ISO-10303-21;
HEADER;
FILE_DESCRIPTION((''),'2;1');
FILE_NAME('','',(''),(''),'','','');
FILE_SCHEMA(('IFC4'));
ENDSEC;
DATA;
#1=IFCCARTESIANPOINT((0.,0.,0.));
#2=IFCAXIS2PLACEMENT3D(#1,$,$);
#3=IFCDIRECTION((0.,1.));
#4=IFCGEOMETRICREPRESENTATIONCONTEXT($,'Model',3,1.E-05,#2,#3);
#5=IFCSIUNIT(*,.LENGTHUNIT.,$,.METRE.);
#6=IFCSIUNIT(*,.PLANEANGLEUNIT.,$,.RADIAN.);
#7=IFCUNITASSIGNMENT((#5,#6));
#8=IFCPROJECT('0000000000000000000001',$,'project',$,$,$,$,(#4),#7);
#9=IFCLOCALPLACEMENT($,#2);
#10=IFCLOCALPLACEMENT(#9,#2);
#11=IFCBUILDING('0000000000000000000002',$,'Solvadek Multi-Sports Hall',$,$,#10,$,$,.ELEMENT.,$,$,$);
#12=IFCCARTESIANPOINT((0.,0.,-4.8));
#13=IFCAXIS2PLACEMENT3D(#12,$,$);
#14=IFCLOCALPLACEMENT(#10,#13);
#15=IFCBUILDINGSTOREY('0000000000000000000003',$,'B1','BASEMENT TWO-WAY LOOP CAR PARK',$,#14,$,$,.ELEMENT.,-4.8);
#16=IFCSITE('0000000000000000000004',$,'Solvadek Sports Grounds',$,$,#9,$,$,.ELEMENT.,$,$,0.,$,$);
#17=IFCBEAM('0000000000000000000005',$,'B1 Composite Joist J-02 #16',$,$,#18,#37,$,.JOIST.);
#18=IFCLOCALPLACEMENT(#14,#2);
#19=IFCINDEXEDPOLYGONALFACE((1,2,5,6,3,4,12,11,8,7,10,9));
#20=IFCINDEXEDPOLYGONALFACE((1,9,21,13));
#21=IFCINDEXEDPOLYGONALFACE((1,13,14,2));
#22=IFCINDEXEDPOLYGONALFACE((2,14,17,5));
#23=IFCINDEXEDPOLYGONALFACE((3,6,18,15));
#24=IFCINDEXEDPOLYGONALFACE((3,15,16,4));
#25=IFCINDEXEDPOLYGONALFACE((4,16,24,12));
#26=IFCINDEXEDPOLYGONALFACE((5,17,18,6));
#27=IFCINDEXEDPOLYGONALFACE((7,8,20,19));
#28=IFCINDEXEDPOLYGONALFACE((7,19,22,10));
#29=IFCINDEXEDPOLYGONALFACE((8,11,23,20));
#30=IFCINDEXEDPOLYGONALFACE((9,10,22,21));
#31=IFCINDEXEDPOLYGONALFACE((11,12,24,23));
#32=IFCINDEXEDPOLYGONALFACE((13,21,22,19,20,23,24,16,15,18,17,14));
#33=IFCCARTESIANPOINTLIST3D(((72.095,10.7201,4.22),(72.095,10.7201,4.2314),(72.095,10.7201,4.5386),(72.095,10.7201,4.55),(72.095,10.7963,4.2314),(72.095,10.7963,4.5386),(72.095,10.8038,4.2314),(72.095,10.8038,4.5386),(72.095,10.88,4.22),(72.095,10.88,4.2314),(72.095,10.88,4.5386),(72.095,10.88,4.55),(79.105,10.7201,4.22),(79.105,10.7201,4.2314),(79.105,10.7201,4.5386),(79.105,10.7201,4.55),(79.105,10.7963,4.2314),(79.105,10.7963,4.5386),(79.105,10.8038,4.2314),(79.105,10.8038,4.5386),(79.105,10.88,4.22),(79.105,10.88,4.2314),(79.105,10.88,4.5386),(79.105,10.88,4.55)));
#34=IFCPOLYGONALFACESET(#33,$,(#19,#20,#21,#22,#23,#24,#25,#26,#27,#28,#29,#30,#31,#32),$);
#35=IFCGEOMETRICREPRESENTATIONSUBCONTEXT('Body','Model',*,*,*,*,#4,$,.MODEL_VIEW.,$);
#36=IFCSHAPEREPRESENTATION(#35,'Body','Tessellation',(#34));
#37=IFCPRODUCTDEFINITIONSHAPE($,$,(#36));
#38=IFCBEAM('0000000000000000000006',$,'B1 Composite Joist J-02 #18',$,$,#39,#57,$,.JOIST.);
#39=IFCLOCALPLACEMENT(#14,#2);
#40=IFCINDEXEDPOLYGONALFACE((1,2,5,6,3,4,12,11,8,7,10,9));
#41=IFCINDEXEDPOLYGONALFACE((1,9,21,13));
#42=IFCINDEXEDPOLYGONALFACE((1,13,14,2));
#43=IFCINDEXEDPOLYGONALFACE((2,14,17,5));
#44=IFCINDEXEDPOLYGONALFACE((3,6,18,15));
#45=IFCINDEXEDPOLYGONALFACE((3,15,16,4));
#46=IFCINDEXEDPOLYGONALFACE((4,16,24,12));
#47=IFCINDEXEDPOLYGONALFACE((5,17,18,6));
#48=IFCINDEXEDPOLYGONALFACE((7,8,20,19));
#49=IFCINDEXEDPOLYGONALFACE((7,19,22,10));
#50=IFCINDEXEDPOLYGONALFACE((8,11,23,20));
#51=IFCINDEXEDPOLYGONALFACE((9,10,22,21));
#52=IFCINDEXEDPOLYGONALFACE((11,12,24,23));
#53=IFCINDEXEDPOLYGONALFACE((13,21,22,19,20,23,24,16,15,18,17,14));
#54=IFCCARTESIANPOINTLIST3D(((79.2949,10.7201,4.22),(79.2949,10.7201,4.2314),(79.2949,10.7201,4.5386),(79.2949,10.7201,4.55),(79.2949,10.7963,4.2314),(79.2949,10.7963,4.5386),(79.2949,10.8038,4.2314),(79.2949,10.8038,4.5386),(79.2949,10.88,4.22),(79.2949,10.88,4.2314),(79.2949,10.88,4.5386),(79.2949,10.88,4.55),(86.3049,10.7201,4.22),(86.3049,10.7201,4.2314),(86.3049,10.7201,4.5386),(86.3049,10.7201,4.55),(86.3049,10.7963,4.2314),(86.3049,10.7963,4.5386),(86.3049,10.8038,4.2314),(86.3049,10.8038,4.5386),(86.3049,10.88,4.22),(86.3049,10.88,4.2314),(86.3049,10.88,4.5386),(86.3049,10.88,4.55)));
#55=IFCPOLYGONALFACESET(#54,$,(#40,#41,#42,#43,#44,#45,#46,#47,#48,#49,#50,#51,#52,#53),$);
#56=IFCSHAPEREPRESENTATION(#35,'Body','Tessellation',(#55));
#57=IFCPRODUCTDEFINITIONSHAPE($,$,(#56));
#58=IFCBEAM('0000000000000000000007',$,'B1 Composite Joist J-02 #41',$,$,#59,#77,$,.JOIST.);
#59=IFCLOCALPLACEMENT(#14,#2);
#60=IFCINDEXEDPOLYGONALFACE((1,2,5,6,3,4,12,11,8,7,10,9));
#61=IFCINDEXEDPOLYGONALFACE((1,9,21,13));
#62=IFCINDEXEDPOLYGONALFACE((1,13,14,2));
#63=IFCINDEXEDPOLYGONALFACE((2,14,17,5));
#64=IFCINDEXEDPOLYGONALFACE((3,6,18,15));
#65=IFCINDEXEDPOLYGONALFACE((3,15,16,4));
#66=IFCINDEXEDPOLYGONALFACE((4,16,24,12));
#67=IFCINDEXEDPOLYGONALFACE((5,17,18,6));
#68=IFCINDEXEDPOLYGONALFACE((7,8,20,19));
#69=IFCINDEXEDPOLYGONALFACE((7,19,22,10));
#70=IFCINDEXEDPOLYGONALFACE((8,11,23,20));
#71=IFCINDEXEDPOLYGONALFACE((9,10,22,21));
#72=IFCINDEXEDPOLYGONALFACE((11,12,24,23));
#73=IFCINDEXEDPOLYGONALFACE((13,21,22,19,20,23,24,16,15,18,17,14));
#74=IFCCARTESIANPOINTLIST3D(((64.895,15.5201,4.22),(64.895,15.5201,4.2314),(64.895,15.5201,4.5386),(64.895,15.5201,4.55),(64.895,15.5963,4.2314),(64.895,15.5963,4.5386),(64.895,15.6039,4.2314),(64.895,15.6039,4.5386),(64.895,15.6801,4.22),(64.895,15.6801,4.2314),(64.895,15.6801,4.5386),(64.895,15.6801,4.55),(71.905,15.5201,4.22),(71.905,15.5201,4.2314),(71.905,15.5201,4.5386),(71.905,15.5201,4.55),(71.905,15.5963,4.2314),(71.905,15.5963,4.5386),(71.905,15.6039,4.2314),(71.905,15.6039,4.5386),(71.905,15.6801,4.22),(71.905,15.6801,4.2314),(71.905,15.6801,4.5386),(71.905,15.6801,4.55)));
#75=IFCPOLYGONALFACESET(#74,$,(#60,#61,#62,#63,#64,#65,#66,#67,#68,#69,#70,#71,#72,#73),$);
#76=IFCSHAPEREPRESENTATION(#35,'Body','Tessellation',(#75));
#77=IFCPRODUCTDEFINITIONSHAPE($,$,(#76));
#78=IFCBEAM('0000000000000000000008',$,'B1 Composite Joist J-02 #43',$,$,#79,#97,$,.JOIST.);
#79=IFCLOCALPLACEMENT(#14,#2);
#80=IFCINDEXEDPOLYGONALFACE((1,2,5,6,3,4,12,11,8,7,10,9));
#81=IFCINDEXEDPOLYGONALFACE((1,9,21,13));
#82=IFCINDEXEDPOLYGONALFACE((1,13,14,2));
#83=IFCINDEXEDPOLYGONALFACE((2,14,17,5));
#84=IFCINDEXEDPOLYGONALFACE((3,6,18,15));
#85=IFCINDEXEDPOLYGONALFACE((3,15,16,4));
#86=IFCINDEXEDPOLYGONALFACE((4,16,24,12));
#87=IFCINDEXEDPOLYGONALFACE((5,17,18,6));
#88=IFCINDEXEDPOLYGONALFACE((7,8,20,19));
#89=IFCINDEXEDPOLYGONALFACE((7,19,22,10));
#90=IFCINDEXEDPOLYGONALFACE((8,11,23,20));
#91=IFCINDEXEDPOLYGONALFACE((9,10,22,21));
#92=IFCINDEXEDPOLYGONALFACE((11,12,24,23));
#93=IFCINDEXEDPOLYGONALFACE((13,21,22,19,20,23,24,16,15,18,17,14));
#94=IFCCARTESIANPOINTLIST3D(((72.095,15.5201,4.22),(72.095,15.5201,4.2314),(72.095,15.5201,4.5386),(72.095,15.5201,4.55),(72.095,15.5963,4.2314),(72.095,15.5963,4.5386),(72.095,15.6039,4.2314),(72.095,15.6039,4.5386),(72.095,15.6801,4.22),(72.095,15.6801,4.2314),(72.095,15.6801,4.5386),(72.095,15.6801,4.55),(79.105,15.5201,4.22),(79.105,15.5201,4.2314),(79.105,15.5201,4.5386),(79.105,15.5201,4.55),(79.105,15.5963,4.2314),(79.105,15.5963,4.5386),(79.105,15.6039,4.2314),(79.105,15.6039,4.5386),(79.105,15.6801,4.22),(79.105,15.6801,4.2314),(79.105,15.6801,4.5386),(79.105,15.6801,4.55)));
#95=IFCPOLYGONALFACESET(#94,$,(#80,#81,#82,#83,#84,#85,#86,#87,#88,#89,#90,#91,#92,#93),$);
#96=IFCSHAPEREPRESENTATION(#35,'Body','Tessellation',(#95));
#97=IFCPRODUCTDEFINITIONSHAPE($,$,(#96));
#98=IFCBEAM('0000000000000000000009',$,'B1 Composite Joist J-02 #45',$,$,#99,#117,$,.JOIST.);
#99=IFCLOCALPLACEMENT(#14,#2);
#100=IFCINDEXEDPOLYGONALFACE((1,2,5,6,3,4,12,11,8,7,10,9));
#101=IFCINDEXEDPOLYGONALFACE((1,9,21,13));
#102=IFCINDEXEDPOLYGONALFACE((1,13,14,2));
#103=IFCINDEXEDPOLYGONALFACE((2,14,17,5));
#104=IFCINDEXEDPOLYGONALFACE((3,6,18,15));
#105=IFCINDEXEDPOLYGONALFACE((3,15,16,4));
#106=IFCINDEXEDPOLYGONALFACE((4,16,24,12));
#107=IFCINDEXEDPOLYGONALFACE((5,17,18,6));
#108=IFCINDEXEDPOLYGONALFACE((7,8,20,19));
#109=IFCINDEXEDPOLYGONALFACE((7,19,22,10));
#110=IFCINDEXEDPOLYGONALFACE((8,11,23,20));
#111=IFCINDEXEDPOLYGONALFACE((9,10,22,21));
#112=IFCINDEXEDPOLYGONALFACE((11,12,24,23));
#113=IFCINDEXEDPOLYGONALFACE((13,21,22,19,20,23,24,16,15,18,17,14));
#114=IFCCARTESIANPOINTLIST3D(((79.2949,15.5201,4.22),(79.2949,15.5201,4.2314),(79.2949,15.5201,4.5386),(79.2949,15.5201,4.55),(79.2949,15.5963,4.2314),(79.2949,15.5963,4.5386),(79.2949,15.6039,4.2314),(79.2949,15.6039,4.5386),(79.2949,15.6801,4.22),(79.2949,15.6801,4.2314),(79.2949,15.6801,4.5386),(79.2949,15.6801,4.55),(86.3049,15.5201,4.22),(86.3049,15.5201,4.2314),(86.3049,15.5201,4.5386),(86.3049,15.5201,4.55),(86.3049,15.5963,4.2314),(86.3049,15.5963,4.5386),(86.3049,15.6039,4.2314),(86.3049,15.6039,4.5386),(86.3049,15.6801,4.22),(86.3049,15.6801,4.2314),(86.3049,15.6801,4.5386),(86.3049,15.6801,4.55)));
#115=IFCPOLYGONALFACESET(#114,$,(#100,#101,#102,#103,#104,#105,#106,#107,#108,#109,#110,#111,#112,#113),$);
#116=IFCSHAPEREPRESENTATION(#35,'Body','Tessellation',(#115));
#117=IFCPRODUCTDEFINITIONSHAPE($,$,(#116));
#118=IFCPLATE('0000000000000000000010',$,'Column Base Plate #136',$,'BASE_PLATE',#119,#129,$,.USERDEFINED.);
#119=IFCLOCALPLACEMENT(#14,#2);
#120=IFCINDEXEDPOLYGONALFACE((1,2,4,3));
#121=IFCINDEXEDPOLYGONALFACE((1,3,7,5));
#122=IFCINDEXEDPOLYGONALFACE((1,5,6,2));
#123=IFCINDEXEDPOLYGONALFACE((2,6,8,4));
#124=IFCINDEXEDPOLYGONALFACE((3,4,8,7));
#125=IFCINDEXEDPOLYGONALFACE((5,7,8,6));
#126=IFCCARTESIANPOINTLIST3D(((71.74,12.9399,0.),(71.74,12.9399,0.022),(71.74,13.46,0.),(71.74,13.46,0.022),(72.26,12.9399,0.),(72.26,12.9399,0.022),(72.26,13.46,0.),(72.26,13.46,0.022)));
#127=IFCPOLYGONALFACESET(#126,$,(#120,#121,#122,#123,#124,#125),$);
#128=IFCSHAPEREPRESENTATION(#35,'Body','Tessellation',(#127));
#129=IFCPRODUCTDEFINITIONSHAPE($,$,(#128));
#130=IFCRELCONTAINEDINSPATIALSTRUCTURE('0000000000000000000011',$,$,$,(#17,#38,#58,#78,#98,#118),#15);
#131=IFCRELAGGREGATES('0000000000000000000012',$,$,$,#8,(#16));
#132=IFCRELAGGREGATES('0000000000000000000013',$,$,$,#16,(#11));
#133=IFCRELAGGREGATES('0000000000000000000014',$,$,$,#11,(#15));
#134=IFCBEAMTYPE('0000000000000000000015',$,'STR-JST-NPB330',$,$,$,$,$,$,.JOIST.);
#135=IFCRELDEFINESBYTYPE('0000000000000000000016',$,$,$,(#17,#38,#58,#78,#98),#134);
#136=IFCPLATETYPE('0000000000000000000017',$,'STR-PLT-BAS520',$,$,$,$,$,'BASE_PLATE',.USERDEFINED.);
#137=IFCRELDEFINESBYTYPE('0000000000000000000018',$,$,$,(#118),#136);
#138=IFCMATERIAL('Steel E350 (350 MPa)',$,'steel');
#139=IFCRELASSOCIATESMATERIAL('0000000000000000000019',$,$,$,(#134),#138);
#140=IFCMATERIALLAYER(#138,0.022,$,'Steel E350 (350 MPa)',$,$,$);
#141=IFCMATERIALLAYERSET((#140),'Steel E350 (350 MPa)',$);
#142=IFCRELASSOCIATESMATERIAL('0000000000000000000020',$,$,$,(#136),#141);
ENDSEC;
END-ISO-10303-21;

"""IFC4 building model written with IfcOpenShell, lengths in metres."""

from ifc_helpers import new_model, si_unit, direction, frame, origin, origin_2d, place, context, subcontext, project, spatial, rectangle, i_section, extrude, material, layer, layer_set, material_profile, profile_set, type_object, element, save


model = new_model("IFC4")

# Units and contexts
model_context = context("Model", 3, precision=1e-05, world=origin(), true_north=direction((0.0, 1.0)))
body_context = subcontext(model_context, "Body", "Model", "MODEL_VIEW")
ifc_project = project(units=[si_unit("LENGTHUNIT", "METRE"), si_unit("PLANEANGLEUNIT", "RADIAN")], contexts=[model_context])

# Site, building, storey
site_placement = place(None, origin())
site = spatial("IfcSite", under=ifc_project, at=site_placement, Name="Solvadek Sports Grounds", CompositionType="ELEMENT", RefElevation=0.0)
building_placement = place(site_placement, origin())
building = spatial("IfcBuilding", under=site, at=building_placement, Name="Solvadek Multi-Sports Hall", CompositionType="ELEMENT")
storey_placement = place(building_placement, frame((0.0, 0.0, -4.8)))
storey = spatial("IfcBuildingStorey", under=building, at=storey_placement, Name="B1", Description="BASEMENT TWO-WAY LOOP CAR PARK", CompositionType="ELEMENT", Elevation=-4.8)

# Shared definitions
ifc_material_1 = material(Name="Steel E350 (350 MPa)", Category="steel")

# Beams
ifc_material_profile_1 = material_profile(ifc_material_1, i_section(OverallWidth=0.1599, OverallDepth=0.3301, WebThickness=0.0076, FlangeThickness=0.0115, at=origin_2d()), Name="NPB 330")
ifc_profile_set_1 = profile_set([ifc_material_profile_1], Name="Steel E350 (350 MPa)")
beam_type_1 = type_object("IfcBeamType", Name="STR-JST-NPB330", PredefinedType="JOIST", material=ifc_profile_set_1)
for number, where, z_axis, x_axis, name in (
    (1, (72.095, 10.8, 4.385), (1.0, 0.0, 0.0), (0.0, 1.0, 0.0), "B1 Composite Joist J-02 #16"),
    (2, (79.2949, 10.8, 4.385), (1.0, 0.0, 0.0), (0.0, 1.0, 0.0), "B1 Composite Joist J-02 #18"),
    (3, (64.895, 15.6001, 4.385), (1.0, 0.0, 0.0), (0.0, 1.0, 0.0), "B1 Composite Joist J-02 #41"),
    (4, (72.095, 15.6001, 4.385), (1.0, 0.0, 0.0), (0.0, 1.0, 0.0), "B1 Composite Joist J-02 #43"),
    (5, (79.2949, 15.6001, 4.385), (1.0, 0.0, 0.0), (0.0, 1.0, 0.0), "B1 Composite Joist J-02 #45"),
):
    element("IfcBeam", number, at=place(storey_placement, frame(where, z_axis=z_axis, x_axis=x_axis)), inside=storey, type_object=beam_type_1, Name=name, PredefinedType="JOIST", context=body_context, shape_type="SweptSolid", body=[
        extrude(i_section(OverallWidth=0.1599, OverallDepth=0.3301, WebThickness=0.0076, FlangeThickness=0.0115, at=origin_2d()), origin(), (0.0, 0.0, 1.0), 7.01),
    ])

# Plate
ifc_layer = layer(ifc_material_1, 0.022, Name="Steel E350 (350 MPa)")
ifc_layer_set = layer_set([ifc_layer], Name="Steel E350 (350 MPa)")
plate_type = type_object("IfcPlateType", Name="STR-PLT-BAS520", ElementType="BASE_PLATE", PredefinedType="USERDEFINED", material=ifc_layer_set)
plate_placement = place(storey_placement, frame((72.0, 13.2, 0.0), z_axis=(0.0, 0.0, 1.0), x_axis=(1.0, 0.0, 0.0)))
element("IfcPlate", 6, at=plate_placement, inside=storey, type_object=plate_type, Name="Column Base Plate #136", ObjectType="BASE_PLATE", PredefinedType="USERDEFINED", context=body_context, shape_type="SweptSolid", body=[
    extrude(rectangle(XDim=0.52, YDim=0.52, at=origin_2d()), origin(), (0.0, 0.0, 1.0), 0.022),
])

save(model, "model.ifc")
